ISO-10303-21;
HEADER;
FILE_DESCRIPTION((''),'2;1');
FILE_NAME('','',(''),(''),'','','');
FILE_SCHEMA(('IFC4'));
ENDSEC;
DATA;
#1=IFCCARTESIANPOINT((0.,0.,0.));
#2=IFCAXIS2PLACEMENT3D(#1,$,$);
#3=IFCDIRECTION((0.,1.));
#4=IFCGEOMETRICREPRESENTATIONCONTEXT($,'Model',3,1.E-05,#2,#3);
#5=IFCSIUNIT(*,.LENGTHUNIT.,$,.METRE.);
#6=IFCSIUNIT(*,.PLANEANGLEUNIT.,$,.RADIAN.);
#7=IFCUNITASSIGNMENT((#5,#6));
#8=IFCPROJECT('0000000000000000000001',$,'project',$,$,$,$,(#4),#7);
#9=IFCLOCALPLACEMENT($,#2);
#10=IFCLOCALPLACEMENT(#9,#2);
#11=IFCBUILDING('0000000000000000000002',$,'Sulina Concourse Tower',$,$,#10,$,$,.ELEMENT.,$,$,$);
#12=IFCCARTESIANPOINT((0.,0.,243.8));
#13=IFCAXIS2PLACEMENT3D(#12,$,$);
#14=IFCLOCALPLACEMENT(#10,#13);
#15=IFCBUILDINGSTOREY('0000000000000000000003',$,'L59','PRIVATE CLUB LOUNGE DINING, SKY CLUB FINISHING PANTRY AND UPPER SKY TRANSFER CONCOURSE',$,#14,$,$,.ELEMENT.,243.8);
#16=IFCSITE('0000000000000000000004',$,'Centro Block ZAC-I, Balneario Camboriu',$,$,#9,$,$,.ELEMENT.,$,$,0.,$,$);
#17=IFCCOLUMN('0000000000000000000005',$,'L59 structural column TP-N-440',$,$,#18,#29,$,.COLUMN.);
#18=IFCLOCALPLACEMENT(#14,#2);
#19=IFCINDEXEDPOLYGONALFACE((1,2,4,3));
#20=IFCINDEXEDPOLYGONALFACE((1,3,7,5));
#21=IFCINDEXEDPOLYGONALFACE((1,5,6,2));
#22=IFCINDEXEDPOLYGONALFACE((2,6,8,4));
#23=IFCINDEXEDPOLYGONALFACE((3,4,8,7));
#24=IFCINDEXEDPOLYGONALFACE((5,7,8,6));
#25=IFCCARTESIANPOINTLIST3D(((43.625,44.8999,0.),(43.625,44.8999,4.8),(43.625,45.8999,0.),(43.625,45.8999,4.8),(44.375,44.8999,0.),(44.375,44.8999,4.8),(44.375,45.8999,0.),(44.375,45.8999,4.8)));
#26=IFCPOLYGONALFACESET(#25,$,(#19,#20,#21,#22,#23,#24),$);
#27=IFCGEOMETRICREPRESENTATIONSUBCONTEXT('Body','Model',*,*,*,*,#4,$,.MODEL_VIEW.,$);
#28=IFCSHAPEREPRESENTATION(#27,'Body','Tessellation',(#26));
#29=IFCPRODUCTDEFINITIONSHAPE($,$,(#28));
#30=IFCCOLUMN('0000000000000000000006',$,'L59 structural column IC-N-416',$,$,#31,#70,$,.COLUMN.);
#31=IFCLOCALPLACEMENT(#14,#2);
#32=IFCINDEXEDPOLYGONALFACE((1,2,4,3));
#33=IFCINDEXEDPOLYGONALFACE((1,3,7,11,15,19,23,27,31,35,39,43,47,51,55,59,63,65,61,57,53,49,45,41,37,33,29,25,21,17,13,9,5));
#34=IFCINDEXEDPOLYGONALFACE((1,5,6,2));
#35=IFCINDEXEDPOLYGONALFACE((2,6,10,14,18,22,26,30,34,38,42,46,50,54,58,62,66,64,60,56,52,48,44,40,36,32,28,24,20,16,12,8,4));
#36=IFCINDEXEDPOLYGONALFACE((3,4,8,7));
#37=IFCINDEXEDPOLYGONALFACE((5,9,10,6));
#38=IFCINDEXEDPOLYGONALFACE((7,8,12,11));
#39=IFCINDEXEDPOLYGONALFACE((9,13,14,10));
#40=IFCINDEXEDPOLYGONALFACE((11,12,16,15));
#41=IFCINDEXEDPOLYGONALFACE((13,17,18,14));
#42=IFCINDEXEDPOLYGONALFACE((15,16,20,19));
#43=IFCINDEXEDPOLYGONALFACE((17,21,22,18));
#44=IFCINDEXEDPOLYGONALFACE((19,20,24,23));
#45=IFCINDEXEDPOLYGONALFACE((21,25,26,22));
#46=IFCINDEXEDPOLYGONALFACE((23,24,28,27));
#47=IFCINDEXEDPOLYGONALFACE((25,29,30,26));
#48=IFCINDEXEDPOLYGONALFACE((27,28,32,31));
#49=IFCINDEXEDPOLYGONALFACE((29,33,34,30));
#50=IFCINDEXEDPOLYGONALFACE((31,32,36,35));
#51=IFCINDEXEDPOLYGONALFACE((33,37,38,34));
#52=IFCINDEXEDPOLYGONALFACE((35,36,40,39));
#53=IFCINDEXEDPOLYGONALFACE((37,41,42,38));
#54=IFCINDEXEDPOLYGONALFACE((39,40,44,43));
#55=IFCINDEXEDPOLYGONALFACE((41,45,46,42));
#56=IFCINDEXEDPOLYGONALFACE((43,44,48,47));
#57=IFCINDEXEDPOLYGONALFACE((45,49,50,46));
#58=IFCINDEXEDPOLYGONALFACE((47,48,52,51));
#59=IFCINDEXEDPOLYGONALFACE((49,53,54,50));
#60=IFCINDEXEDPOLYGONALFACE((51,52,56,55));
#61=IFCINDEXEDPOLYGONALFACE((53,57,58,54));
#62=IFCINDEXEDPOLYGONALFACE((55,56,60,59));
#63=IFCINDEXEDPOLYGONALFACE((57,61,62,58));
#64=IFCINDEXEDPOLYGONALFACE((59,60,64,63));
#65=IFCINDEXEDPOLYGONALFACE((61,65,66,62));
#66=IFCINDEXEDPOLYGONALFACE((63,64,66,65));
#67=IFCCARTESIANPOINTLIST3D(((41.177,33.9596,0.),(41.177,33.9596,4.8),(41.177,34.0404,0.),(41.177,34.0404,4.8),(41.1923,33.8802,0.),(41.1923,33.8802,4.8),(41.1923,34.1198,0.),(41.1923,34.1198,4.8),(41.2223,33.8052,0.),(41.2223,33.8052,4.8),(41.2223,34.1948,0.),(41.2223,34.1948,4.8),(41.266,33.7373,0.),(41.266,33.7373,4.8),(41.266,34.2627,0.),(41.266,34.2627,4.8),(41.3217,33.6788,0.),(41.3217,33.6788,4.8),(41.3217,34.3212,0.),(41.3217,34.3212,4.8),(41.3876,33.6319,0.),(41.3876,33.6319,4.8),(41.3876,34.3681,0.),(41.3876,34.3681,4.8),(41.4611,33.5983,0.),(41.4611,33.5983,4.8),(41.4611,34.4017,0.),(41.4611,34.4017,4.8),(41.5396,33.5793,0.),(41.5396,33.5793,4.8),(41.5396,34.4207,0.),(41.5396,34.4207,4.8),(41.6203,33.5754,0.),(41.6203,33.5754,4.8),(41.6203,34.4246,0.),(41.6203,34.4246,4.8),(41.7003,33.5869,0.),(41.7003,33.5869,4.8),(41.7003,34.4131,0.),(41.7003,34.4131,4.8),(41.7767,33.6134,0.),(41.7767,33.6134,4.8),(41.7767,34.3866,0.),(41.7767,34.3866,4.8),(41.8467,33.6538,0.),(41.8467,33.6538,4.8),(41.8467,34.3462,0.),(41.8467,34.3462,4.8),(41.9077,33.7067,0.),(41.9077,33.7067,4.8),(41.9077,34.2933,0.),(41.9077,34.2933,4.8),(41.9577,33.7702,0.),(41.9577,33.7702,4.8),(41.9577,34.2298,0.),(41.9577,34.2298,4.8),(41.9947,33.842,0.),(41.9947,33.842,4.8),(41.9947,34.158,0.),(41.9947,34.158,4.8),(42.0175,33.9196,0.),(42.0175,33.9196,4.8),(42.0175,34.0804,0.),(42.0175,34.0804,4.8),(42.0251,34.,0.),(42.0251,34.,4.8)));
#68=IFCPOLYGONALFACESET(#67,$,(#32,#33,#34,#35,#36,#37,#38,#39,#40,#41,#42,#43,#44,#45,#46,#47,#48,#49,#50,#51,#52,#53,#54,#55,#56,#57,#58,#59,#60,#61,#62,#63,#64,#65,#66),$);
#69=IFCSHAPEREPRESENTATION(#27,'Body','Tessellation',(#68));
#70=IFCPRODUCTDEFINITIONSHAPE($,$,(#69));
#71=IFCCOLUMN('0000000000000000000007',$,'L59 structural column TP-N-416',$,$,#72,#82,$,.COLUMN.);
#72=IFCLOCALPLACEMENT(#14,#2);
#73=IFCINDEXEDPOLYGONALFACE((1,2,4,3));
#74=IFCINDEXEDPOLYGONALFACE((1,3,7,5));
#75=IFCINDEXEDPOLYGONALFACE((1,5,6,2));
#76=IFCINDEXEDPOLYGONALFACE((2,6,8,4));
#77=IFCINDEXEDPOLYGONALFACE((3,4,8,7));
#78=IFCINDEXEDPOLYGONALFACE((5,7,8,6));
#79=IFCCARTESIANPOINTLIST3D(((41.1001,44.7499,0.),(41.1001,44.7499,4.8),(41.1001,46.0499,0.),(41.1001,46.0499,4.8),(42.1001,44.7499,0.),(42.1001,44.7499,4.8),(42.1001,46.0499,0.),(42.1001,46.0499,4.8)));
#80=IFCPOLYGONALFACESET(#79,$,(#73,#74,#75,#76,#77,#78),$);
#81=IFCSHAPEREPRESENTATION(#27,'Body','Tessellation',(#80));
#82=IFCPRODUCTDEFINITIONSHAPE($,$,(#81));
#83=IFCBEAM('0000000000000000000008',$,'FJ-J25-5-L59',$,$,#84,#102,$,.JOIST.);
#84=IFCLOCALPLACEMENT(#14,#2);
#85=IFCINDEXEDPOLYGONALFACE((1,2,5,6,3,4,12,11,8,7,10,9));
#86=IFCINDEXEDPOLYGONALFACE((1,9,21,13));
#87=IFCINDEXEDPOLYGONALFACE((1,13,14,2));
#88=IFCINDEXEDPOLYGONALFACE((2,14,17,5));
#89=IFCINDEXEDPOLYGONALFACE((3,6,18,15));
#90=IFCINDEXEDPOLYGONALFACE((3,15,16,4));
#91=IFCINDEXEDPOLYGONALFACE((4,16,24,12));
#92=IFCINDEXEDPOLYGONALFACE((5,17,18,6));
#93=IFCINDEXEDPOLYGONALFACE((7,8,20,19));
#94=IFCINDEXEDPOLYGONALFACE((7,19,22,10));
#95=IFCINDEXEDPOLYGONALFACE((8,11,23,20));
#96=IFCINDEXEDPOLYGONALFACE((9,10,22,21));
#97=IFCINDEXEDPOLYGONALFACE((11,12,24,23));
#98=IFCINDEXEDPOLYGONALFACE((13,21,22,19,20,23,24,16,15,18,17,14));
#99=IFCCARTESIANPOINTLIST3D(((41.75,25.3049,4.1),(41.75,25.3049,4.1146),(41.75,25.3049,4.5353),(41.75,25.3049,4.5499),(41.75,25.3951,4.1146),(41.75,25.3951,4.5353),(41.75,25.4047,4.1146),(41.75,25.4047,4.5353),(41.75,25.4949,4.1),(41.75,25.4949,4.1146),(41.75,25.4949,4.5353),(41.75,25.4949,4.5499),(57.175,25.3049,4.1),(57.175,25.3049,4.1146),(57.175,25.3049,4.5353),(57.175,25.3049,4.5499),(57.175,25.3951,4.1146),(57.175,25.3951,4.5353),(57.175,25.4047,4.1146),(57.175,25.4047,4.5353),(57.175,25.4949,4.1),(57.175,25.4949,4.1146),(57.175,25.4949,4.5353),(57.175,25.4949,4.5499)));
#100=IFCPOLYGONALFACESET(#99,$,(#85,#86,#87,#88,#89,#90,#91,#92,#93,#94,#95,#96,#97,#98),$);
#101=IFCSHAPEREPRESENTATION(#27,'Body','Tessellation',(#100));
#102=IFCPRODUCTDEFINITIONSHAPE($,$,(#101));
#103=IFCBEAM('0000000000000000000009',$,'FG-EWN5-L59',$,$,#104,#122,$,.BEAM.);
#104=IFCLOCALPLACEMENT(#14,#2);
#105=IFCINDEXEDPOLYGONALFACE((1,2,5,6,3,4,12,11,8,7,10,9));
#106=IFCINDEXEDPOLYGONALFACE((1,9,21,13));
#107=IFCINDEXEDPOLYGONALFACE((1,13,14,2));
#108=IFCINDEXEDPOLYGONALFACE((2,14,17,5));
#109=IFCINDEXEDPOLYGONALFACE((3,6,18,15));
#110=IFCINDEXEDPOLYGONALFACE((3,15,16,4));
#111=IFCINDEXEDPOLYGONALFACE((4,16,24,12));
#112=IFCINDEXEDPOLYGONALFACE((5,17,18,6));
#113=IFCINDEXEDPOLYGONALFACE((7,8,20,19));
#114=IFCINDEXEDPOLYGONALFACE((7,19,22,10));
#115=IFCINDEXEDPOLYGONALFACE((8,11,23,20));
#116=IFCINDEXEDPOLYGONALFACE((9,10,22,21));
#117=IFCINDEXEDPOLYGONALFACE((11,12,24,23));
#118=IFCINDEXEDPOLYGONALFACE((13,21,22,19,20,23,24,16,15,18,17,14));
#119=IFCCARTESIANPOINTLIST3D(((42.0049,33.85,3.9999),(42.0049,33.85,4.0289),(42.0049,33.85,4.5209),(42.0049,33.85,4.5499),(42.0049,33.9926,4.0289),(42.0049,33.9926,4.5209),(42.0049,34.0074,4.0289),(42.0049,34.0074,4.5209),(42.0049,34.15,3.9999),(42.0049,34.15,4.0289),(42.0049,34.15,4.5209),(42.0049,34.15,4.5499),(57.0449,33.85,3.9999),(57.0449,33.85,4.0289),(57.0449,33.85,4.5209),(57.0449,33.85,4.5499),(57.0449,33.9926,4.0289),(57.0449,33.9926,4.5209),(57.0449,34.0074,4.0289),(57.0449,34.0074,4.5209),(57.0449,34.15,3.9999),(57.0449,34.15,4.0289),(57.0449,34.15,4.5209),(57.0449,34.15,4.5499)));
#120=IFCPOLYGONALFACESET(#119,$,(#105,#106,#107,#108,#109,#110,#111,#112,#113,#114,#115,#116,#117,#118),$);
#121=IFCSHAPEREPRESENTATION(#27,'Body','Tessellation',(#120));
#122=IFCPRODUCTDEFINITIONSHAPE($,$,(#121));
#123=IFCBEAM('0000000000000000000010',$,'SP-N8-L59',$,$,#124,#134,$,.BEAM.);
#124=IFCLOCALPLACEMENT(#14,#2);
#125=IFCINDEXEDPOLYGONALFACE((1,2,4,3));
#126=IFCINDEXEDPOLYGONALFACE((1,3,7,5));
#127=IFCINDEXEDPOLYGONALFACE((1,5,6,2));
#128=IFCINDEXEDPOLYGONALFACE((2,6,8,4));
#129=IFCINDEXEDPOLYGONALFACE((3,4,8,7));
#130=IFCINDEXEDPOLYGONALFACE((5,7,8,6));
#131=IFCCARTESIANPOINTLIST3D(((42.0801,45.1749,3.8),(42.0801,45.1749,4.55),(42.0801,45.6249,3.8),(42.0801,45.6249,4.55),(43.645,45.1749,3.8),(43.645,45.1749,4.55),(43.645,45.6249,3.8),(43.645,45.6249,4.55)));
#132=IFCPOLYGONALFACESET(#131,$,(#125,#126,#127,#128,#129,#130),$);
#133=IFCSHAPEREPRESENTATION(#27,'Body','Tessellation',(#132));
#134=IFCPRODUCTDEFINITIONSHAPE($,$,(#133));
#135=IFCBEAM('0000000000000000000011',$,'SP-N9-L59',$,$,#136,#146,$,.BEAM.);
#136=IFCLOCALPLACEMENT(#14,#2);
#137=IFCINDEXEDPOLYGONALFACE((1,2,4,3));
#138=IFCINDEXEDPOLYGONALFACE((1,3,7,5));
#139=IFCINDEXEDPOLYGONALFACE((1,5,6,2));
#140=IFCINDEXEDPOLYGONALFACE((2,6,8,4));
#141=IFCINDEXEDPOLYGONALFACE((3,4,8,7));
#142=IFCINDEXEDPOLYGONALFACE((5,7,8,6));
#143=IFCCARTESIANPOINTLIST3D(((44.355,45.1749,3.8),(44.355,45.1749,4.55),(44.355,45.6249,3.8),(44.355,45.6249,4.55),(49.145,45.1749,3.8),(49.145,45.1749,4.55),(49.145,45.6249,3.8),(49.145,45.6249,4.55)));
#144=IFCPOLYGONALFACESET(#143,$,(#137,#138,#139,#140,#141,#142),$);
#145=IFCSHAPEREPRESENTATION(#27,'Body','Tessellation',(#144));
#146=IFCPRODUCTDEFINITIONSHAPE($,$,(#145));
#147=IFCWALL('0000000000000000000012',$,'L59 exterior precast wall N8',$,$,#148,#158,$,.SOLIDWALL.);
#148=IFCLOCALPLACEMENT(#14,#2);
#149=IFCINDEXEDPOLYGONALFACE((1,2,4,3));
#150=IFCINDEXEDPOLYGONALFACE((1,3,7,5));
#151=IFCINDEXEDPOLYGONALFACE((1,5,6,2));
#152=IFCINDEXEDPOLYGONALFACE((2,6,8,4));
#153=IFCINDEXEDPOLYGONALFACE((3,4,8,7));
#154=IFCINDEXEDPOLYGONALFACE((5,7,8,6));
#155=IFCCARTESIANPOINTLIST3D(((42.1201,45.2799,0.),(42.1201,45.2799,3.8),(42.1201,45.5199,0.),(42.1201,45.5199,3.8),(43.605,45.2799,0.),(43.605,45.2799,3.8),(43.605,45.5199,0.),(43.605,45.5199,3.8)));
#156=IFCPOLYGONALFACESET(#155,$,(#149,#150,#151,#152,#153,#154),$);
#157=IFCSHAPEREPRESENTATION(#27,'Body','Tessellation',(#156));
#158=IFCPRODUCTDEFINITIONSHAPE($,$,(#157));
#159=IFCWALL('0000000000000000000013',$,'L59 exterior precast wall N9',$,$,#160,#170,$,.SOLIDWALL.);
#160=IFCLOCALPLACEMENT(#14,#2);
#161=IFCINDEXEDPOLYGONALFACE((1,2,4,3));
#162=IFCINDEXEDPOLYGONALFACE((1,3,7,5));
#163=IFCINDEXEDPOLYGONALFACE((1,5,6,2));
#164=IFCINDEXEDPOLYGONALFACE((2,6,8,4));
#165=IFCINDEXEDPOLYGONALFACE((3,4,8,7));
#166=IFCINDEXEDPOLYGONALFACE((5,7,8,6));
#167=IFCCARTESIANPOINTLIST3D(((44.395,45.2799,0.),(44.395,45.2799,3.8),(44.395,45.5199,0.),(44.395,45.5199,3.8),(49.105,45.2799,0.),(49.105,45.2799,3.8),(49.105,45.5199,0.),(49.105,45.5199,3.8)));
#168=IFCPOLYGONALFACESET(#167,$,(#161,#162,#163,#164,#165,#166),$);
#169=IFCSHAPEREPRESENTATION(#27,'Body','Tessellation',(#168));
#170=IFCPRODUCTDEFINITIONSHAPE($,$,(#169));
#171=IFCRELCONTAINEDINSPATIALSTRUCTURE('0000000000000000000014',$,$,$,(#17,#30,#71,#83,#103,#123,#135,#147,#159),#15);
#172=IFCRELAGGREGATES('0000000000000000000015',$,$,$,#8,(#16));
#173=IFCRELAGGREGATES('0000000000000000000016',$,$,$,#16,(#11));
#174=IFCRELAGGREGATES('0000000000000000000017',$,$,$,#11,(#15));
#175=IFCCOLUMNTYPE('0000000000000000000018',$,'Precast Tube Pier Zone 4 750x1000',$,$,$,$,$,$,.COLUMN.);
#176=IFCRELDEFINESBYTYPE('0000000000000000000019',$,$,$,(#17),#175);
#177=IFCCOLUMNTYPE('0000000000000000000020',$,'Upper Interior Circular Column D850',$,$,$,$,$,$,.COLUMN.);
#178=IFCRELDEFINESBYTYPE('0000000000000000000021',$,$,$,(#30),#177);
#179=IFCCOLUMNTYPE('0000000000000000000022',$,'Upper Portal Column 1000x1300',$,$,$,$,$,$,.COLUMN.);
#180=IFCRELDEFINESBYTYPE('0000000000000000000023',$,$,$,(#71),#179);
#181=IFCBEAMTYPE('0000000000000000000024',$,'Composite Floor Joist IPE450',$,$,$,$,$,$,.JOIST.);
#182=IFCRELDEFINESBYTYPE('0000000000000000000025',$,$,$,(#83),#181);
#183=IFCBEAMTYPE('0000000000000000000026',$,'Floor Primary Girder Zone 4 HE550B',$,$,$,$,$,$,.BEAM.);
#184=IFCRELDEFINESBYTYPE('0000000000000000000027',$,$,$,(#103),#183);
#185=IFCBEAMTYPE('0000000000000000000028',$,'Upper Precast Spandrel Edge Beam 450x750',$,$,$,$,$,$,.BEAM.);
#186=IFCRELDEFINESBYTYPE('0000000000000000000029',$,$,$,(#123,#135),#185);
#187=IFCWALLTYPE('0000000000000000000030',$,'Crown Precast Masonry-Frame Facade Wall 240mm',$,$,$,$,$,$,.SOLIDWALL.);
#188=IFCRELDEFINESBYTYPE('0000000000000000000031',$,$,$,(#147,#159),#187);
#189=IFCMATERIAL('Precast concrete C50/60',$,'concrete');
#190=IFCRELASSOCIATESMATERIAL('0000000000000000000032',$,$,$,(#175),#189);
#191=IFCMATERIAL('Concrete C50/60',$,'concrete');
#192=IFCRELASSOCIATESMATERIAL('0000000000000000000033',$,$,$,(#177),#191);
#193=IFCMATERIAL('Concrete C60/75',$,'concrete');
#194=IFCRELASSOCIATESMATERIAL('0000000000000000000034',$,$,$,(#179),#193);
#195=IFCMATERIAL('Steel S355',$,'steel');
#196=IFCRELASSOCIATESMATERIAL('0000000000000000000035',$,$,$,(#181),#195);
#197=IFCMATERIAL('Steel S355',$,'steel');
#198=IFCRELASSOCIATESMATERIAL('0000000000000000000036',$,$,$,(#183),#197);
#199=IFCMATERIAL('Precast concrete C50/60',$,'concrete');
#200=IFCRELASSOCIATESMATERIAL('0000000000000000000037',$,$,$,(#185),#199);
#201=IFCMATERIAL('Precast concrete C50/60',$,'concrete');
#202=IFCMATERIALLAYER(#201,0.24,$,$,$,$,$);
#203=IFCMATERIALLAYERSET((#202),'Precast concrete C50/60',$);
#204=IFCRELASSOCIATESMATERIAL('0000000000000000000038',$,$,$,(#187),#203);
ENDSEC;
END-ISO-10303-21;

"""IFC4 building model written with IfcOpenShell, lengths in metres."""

from ifc_helpers import new_model, si_unit, direction, frame, frame_2d, origin, origin_2d, place, context, subcontext, project, spatial, rectangle, circle, i_section, extrude, material, layer, layer_set, material_profile, profile_set, type_object, element, save


model = new_model("IFC4")

# Units and contexts
model_context = context("Model", 3, precision=1e-05, world=origin(), true_north=direction((0.0, 1.0)))
body_context = subcontext(model_context, "Body", "Model", "MODEL_VIEW")
ifc_project = project(units=[si_unit("LENGTHUNIT", "METRE"), si_unit("PLANEANGLEUNIT", "RADIAN")], contexts=[model_context])

# Site, building, storey
site_placement = place(None, origin())
site = spatial("IfcSite", under=ifc_project, at=site_placement, Name="Centro Block ZAC-I, Balneario Camboriu", CompositionType="ELEMENT", RefElevation=0.0)
building_placement = place(site_placement, origin())
building = spatial("IfcBuilding", under=site, at=building_placement, Name="Sulina Concourse Tower", CompositionType="ELEMENT")
storey_placement = place(building_placement, frame((0.0, 0.0, 243.8)))
storey = spatial("IfcBuildingStorey", under=building, at=storey_placement, Name="L59", Description="PRIVATE CLUB LOUNGE DINING, SKY CLUB FINISHING PANTRY AND UPPER SKY TRANSFER CONCOURSE", CompositionType="ELEMENT", Elevation=243.8)

# Columns
ifc_material_1 = material(Name="Precast concrete C50/60", Category="concrete")
ifc_material_profile_1 = material_profile(ifc_material_1, rectangle(XDim=0.75, YDim=1.0, at=origin_2d()), Name="PC 750x1000")
ifc_profile_set_1 = profile_set([ifc_material_profile_1], Name="Precast concrete C50/60")
column_type_1 = type_object("IfcColumnType", Name="Precast Tube Pier Zone 4 750x1000", PredefinedType="COLUMN", material=ifc_profile_set_1)
column_1_placement = place(storey_placement, frame((44.0, 45.3999, 0.0), z_axis=(0.0, 0.0, 1.0), x_axis=(1.0, 0.0, 0.0)))
element("IfcColumn", 1, at=column_1_placement, inside=storey, type_object=column_type_1, Name="L59 structural column TP-N-440", PredefinedType="COLUMN", context=body_context, shape_type="SweptSolid", body=[
    extrude(rectangle(XDim=0.75, YDim=1.0, at=origin_2d()), origin(), (0.0, 0.0, 1.0), 4.8),
])
ifc_material_2 = material(Name="Concrete C50/60", Category="concrete")
ifc_material_profile_2 = material_profile(ifc_material_2, circle(Radius=0.425, at=origin_2d()), Name="RC D850")
ifc_profile_set_2 = profile_set([ifc_material_profile_2], Name="Concrete C50/60")
column_type_2 = type_object("IfcColumnType", Name="Upper Interior Circular Column D850", PredefinedType="COLUMN", material=ifc_profile_set_2)
column_2_placement = place(storey_placement, frame((41.6001, 34.0, 0.0), z_axis=(0.0, 0.0, 1.0), x_axis=(1.0, 0.0, 0.0)))
element("IfcColumn", 2, at=column_2_placement, inside=storey, type_object=column_type_2, Name="L59 structural column IC-N-416", PredefinedType="COLUMN", context=body_context, shape_type="SweptSolid", body=[
    extrude(circle(Radius=0.425, at=origin_2d()), origin(), (0.0, 0.0, 1.0), 4.8),
])
ifc_material_3 = material(Name="Concrete C60/75", Category="concrete")
ifc_material_profile_3 = material_profile(ifc_material_3, rectangle(XDim=1.0, YDim=1.3, at=origin_2d()), Name="RC 1000x1300")
ifc_profile_set_3 = profile_set([ifc_material_profile_3], Name="Concrete C60/75")
column_type_3 = type_object("IfcColumnType", Name="Upper Portal Column 1000x1300", PredefinedType="COLUMN", material=ifc_profile_set_3)
column_3_placement = place(storey_placement, frame((41.6001, 45.3999, 0.0), z_axis=(0.0, 0.0, 1.0), x_axis=(1.0, 0.0, 0.0)))
element("IfcColumn", 3, at=column_3_placement, inside=storey, type_object=column_type_3, Name="L59 structural column TP-N-416", PredefinedType="COLUMN", context=body_context, shape_type="SweptSolid", body=[
    extrude(rectangle(XDim=1.0, YDim=1.3, at=origin_2d()), origin(), (0.0, 0.0, 1.0), 4.8),
])

# Beams
ifc_material_4 = material(Name="Steel S355", Category="steel")
ifc_material_profile_4 = material_profile(ifc_material_4, i_section(OverallWidth=0.1899, OverallDepth=0.45, WebThickness=0.0095, FlangeThickness=0.0146, at=origin_2d()), Name="IPE 450")
ifc_profile_set_4 = profile_set([ifc_material_profile_4], Name="Steel S355")
beam_type_1 = type_object("IfcBeamType", Name="Composite Floor Joist IPE450", PredefinedType="JOIST", material=ifc_profile_set_4)
beam_1_placement = place(storey_placement, frame((41.75, 25.3999, 4.325), z_axis=(1.0, 0.0, 0.0), x_axis=(0.0, 1.0, 0.0)))
element("IfcBeam", 4, at=beam_1_placement, inside=storey, type_object=beam_type_1, Name="FJ-J25-5-L59", PredefinedType="JOIST", context=body_context, shape_type="SweptSolid", body=[
    extrude(i_section(OverallWidth=0.1899, OverallDepth=0.45, WebThickness=0.0095, FlangeThickness=0.0146, at=origin_2d()), origin(), (0.0, 0.0, 1.0), 15.425),
])
ifc_material_5 = material(Name="Steel S355", Category="steel")
ifc_material_profile_5 = material_profile(ifc_material_5, i_section(OverallWidth=0.3, OverallDepth=0.55, WebThickness=0.0149, FlangeThickness=0.0291, at=origin_2d()), Name="HE 550 B")
ifc_profile_set_5 = profile_set([ifc_material_profile_5], Name="Steel S355")
beam_type_2 = type_object("IfcBeamType", Name="Floor Primary Girder Zone 4 HE550B", PredefinedType="BEAM", material=ifc_profile_set_5)
beam_2_placement = place(storey_placement, frame((42.0049, 34.0, 4.2749), z_axis=(1.0, 0.0, 0.0), x_axis=(0.0, 1.0, 0.0)))
element("IfcBeam", 5, at=beam_2_placement, inside=storey, type_object=beam_type_2, Name="FG-EWN5-L59", PredefinedType="BEAM", context=body_context, shape_type="SweptSolid", body=[
    extrude(i_section(OverallWidth=0.3, OverallDepth=0.55, WebThickness=0.0149, FlangeThickness=0.0291, at=origin_2d()), origin(), (0.0, 0.0, 1.0), 15.04),
])
ifc_material_6 = material(Name="Precast concrete C50/60", Category="concrete")
ifc_material_profile_6 = material_profile(ifc_material_6, rectangle(XDim=0.45, YDim=0.75, at=origin_2d()), Name="RC 450x750")
ifc_profile_set_6 = profile_set([ifc_material_profile_6], Name="Precast concrete C50/60")
beam_type_3 = type_object("IfcBeamType", Name="Upper Precast Spandrel Edge Beam 450x750", PredefinedType="BEAM", material=ifc_profile_set_6)
beam_3_placement = place(storey_placement, frame((42.0801, 45.3999, 4.175), z_axis=(1.0, 0.0, 0.0), x_axis=(0.0, 1.0, 0.0)))
element("IfcBeam", 6, at=beam_3_placement, inside=storey, type_object=beam_type_3, Name="SP-N8-L59", PredefinedType="BEAM", context=body_context, shape_type="SweptSolid", body=[
    extrude(rectangle(XDim=0.45, YDim=0.75, at=origin_2d()), origin(), (0.0, 0.0, 1.0), 1.5649),
])
beam_4_placement = place(storey_placement, frame((44.355, 45.3999, 4.175), z_axis=(1.0, 0.0, 0.0), x_axis=(0.0, 1.0, 0.0)))
element("IfcBeam", 7, at=beam_4_placement, inside=storey, type_object=beam_type_3, Name="SP-N9-L59", PredefinedType="BEAM", context=body_context, shape_type="SweptSolid", body=[
    extrude(rectangle(XDim=0.45, YDim=0.75, at=origin_2d()), origin(), (0.0, 0.0, 1.0), 4.79),
])

# Walls
ifc_material_7 = material(Name="Precast concrete C50/60", Category="concrete")
ifc_layer_1 = layer(ifc_material_7, 0.24)
ifc_layer_set_1 = layer_set([ifc_layer_1], Name="Precast concrete C50/60")
wall_type_1 = type_object("IfcWallType", Name="Crown Precast Masonry-Frame Facade Wall 240mm", PredefinedType="SOLIDWALL", material=ifc_layer_set_1)
wall_1_placement = place(storey_placement, frame((42.1201, 45.3999, 0.0), z_axis=(0.0, 0.0, 1.0), x_axis=(1.0, 0.0, 0.0)))
element("IfcWall", 8, at=wall_1_placement, inside=storey, type_object=wall_type_1, Name="L59 exterior precast wall N8", PredefinedType="SOLIDWALL", context=body_context, shape_type="SweptSolid", body=[
    extrude(rectangle(XDim=1.4849, YDim=0.24, at=frame_2d((0.7424, 0.0))), origin(), (0.0, 0.0, 1.0), 3.8),
])
wall_2_placement = place(storey_placement, frame((44.395, 45.3999, 0.0), z_axis=(0.0, 0.0, 1.0), x_axis=(1.0, 0.0, 0.0)))
element("IfcWall", 9, at=wall_2_placement, inside=storey, type_object=wall_type_1, Name="L59 exterior precast wall N9", PredefinedType="SOLIDWALL", context=body_context, shape_type="SweptSolid", body=[
    extrude(rectangle(XDim=4.71, YDim=0.24, at=frame_2d((2.355, 0.0))), origin(), (0.0, 0.0, 1.0), 3.8),
])

save(model, "model.ifc")
